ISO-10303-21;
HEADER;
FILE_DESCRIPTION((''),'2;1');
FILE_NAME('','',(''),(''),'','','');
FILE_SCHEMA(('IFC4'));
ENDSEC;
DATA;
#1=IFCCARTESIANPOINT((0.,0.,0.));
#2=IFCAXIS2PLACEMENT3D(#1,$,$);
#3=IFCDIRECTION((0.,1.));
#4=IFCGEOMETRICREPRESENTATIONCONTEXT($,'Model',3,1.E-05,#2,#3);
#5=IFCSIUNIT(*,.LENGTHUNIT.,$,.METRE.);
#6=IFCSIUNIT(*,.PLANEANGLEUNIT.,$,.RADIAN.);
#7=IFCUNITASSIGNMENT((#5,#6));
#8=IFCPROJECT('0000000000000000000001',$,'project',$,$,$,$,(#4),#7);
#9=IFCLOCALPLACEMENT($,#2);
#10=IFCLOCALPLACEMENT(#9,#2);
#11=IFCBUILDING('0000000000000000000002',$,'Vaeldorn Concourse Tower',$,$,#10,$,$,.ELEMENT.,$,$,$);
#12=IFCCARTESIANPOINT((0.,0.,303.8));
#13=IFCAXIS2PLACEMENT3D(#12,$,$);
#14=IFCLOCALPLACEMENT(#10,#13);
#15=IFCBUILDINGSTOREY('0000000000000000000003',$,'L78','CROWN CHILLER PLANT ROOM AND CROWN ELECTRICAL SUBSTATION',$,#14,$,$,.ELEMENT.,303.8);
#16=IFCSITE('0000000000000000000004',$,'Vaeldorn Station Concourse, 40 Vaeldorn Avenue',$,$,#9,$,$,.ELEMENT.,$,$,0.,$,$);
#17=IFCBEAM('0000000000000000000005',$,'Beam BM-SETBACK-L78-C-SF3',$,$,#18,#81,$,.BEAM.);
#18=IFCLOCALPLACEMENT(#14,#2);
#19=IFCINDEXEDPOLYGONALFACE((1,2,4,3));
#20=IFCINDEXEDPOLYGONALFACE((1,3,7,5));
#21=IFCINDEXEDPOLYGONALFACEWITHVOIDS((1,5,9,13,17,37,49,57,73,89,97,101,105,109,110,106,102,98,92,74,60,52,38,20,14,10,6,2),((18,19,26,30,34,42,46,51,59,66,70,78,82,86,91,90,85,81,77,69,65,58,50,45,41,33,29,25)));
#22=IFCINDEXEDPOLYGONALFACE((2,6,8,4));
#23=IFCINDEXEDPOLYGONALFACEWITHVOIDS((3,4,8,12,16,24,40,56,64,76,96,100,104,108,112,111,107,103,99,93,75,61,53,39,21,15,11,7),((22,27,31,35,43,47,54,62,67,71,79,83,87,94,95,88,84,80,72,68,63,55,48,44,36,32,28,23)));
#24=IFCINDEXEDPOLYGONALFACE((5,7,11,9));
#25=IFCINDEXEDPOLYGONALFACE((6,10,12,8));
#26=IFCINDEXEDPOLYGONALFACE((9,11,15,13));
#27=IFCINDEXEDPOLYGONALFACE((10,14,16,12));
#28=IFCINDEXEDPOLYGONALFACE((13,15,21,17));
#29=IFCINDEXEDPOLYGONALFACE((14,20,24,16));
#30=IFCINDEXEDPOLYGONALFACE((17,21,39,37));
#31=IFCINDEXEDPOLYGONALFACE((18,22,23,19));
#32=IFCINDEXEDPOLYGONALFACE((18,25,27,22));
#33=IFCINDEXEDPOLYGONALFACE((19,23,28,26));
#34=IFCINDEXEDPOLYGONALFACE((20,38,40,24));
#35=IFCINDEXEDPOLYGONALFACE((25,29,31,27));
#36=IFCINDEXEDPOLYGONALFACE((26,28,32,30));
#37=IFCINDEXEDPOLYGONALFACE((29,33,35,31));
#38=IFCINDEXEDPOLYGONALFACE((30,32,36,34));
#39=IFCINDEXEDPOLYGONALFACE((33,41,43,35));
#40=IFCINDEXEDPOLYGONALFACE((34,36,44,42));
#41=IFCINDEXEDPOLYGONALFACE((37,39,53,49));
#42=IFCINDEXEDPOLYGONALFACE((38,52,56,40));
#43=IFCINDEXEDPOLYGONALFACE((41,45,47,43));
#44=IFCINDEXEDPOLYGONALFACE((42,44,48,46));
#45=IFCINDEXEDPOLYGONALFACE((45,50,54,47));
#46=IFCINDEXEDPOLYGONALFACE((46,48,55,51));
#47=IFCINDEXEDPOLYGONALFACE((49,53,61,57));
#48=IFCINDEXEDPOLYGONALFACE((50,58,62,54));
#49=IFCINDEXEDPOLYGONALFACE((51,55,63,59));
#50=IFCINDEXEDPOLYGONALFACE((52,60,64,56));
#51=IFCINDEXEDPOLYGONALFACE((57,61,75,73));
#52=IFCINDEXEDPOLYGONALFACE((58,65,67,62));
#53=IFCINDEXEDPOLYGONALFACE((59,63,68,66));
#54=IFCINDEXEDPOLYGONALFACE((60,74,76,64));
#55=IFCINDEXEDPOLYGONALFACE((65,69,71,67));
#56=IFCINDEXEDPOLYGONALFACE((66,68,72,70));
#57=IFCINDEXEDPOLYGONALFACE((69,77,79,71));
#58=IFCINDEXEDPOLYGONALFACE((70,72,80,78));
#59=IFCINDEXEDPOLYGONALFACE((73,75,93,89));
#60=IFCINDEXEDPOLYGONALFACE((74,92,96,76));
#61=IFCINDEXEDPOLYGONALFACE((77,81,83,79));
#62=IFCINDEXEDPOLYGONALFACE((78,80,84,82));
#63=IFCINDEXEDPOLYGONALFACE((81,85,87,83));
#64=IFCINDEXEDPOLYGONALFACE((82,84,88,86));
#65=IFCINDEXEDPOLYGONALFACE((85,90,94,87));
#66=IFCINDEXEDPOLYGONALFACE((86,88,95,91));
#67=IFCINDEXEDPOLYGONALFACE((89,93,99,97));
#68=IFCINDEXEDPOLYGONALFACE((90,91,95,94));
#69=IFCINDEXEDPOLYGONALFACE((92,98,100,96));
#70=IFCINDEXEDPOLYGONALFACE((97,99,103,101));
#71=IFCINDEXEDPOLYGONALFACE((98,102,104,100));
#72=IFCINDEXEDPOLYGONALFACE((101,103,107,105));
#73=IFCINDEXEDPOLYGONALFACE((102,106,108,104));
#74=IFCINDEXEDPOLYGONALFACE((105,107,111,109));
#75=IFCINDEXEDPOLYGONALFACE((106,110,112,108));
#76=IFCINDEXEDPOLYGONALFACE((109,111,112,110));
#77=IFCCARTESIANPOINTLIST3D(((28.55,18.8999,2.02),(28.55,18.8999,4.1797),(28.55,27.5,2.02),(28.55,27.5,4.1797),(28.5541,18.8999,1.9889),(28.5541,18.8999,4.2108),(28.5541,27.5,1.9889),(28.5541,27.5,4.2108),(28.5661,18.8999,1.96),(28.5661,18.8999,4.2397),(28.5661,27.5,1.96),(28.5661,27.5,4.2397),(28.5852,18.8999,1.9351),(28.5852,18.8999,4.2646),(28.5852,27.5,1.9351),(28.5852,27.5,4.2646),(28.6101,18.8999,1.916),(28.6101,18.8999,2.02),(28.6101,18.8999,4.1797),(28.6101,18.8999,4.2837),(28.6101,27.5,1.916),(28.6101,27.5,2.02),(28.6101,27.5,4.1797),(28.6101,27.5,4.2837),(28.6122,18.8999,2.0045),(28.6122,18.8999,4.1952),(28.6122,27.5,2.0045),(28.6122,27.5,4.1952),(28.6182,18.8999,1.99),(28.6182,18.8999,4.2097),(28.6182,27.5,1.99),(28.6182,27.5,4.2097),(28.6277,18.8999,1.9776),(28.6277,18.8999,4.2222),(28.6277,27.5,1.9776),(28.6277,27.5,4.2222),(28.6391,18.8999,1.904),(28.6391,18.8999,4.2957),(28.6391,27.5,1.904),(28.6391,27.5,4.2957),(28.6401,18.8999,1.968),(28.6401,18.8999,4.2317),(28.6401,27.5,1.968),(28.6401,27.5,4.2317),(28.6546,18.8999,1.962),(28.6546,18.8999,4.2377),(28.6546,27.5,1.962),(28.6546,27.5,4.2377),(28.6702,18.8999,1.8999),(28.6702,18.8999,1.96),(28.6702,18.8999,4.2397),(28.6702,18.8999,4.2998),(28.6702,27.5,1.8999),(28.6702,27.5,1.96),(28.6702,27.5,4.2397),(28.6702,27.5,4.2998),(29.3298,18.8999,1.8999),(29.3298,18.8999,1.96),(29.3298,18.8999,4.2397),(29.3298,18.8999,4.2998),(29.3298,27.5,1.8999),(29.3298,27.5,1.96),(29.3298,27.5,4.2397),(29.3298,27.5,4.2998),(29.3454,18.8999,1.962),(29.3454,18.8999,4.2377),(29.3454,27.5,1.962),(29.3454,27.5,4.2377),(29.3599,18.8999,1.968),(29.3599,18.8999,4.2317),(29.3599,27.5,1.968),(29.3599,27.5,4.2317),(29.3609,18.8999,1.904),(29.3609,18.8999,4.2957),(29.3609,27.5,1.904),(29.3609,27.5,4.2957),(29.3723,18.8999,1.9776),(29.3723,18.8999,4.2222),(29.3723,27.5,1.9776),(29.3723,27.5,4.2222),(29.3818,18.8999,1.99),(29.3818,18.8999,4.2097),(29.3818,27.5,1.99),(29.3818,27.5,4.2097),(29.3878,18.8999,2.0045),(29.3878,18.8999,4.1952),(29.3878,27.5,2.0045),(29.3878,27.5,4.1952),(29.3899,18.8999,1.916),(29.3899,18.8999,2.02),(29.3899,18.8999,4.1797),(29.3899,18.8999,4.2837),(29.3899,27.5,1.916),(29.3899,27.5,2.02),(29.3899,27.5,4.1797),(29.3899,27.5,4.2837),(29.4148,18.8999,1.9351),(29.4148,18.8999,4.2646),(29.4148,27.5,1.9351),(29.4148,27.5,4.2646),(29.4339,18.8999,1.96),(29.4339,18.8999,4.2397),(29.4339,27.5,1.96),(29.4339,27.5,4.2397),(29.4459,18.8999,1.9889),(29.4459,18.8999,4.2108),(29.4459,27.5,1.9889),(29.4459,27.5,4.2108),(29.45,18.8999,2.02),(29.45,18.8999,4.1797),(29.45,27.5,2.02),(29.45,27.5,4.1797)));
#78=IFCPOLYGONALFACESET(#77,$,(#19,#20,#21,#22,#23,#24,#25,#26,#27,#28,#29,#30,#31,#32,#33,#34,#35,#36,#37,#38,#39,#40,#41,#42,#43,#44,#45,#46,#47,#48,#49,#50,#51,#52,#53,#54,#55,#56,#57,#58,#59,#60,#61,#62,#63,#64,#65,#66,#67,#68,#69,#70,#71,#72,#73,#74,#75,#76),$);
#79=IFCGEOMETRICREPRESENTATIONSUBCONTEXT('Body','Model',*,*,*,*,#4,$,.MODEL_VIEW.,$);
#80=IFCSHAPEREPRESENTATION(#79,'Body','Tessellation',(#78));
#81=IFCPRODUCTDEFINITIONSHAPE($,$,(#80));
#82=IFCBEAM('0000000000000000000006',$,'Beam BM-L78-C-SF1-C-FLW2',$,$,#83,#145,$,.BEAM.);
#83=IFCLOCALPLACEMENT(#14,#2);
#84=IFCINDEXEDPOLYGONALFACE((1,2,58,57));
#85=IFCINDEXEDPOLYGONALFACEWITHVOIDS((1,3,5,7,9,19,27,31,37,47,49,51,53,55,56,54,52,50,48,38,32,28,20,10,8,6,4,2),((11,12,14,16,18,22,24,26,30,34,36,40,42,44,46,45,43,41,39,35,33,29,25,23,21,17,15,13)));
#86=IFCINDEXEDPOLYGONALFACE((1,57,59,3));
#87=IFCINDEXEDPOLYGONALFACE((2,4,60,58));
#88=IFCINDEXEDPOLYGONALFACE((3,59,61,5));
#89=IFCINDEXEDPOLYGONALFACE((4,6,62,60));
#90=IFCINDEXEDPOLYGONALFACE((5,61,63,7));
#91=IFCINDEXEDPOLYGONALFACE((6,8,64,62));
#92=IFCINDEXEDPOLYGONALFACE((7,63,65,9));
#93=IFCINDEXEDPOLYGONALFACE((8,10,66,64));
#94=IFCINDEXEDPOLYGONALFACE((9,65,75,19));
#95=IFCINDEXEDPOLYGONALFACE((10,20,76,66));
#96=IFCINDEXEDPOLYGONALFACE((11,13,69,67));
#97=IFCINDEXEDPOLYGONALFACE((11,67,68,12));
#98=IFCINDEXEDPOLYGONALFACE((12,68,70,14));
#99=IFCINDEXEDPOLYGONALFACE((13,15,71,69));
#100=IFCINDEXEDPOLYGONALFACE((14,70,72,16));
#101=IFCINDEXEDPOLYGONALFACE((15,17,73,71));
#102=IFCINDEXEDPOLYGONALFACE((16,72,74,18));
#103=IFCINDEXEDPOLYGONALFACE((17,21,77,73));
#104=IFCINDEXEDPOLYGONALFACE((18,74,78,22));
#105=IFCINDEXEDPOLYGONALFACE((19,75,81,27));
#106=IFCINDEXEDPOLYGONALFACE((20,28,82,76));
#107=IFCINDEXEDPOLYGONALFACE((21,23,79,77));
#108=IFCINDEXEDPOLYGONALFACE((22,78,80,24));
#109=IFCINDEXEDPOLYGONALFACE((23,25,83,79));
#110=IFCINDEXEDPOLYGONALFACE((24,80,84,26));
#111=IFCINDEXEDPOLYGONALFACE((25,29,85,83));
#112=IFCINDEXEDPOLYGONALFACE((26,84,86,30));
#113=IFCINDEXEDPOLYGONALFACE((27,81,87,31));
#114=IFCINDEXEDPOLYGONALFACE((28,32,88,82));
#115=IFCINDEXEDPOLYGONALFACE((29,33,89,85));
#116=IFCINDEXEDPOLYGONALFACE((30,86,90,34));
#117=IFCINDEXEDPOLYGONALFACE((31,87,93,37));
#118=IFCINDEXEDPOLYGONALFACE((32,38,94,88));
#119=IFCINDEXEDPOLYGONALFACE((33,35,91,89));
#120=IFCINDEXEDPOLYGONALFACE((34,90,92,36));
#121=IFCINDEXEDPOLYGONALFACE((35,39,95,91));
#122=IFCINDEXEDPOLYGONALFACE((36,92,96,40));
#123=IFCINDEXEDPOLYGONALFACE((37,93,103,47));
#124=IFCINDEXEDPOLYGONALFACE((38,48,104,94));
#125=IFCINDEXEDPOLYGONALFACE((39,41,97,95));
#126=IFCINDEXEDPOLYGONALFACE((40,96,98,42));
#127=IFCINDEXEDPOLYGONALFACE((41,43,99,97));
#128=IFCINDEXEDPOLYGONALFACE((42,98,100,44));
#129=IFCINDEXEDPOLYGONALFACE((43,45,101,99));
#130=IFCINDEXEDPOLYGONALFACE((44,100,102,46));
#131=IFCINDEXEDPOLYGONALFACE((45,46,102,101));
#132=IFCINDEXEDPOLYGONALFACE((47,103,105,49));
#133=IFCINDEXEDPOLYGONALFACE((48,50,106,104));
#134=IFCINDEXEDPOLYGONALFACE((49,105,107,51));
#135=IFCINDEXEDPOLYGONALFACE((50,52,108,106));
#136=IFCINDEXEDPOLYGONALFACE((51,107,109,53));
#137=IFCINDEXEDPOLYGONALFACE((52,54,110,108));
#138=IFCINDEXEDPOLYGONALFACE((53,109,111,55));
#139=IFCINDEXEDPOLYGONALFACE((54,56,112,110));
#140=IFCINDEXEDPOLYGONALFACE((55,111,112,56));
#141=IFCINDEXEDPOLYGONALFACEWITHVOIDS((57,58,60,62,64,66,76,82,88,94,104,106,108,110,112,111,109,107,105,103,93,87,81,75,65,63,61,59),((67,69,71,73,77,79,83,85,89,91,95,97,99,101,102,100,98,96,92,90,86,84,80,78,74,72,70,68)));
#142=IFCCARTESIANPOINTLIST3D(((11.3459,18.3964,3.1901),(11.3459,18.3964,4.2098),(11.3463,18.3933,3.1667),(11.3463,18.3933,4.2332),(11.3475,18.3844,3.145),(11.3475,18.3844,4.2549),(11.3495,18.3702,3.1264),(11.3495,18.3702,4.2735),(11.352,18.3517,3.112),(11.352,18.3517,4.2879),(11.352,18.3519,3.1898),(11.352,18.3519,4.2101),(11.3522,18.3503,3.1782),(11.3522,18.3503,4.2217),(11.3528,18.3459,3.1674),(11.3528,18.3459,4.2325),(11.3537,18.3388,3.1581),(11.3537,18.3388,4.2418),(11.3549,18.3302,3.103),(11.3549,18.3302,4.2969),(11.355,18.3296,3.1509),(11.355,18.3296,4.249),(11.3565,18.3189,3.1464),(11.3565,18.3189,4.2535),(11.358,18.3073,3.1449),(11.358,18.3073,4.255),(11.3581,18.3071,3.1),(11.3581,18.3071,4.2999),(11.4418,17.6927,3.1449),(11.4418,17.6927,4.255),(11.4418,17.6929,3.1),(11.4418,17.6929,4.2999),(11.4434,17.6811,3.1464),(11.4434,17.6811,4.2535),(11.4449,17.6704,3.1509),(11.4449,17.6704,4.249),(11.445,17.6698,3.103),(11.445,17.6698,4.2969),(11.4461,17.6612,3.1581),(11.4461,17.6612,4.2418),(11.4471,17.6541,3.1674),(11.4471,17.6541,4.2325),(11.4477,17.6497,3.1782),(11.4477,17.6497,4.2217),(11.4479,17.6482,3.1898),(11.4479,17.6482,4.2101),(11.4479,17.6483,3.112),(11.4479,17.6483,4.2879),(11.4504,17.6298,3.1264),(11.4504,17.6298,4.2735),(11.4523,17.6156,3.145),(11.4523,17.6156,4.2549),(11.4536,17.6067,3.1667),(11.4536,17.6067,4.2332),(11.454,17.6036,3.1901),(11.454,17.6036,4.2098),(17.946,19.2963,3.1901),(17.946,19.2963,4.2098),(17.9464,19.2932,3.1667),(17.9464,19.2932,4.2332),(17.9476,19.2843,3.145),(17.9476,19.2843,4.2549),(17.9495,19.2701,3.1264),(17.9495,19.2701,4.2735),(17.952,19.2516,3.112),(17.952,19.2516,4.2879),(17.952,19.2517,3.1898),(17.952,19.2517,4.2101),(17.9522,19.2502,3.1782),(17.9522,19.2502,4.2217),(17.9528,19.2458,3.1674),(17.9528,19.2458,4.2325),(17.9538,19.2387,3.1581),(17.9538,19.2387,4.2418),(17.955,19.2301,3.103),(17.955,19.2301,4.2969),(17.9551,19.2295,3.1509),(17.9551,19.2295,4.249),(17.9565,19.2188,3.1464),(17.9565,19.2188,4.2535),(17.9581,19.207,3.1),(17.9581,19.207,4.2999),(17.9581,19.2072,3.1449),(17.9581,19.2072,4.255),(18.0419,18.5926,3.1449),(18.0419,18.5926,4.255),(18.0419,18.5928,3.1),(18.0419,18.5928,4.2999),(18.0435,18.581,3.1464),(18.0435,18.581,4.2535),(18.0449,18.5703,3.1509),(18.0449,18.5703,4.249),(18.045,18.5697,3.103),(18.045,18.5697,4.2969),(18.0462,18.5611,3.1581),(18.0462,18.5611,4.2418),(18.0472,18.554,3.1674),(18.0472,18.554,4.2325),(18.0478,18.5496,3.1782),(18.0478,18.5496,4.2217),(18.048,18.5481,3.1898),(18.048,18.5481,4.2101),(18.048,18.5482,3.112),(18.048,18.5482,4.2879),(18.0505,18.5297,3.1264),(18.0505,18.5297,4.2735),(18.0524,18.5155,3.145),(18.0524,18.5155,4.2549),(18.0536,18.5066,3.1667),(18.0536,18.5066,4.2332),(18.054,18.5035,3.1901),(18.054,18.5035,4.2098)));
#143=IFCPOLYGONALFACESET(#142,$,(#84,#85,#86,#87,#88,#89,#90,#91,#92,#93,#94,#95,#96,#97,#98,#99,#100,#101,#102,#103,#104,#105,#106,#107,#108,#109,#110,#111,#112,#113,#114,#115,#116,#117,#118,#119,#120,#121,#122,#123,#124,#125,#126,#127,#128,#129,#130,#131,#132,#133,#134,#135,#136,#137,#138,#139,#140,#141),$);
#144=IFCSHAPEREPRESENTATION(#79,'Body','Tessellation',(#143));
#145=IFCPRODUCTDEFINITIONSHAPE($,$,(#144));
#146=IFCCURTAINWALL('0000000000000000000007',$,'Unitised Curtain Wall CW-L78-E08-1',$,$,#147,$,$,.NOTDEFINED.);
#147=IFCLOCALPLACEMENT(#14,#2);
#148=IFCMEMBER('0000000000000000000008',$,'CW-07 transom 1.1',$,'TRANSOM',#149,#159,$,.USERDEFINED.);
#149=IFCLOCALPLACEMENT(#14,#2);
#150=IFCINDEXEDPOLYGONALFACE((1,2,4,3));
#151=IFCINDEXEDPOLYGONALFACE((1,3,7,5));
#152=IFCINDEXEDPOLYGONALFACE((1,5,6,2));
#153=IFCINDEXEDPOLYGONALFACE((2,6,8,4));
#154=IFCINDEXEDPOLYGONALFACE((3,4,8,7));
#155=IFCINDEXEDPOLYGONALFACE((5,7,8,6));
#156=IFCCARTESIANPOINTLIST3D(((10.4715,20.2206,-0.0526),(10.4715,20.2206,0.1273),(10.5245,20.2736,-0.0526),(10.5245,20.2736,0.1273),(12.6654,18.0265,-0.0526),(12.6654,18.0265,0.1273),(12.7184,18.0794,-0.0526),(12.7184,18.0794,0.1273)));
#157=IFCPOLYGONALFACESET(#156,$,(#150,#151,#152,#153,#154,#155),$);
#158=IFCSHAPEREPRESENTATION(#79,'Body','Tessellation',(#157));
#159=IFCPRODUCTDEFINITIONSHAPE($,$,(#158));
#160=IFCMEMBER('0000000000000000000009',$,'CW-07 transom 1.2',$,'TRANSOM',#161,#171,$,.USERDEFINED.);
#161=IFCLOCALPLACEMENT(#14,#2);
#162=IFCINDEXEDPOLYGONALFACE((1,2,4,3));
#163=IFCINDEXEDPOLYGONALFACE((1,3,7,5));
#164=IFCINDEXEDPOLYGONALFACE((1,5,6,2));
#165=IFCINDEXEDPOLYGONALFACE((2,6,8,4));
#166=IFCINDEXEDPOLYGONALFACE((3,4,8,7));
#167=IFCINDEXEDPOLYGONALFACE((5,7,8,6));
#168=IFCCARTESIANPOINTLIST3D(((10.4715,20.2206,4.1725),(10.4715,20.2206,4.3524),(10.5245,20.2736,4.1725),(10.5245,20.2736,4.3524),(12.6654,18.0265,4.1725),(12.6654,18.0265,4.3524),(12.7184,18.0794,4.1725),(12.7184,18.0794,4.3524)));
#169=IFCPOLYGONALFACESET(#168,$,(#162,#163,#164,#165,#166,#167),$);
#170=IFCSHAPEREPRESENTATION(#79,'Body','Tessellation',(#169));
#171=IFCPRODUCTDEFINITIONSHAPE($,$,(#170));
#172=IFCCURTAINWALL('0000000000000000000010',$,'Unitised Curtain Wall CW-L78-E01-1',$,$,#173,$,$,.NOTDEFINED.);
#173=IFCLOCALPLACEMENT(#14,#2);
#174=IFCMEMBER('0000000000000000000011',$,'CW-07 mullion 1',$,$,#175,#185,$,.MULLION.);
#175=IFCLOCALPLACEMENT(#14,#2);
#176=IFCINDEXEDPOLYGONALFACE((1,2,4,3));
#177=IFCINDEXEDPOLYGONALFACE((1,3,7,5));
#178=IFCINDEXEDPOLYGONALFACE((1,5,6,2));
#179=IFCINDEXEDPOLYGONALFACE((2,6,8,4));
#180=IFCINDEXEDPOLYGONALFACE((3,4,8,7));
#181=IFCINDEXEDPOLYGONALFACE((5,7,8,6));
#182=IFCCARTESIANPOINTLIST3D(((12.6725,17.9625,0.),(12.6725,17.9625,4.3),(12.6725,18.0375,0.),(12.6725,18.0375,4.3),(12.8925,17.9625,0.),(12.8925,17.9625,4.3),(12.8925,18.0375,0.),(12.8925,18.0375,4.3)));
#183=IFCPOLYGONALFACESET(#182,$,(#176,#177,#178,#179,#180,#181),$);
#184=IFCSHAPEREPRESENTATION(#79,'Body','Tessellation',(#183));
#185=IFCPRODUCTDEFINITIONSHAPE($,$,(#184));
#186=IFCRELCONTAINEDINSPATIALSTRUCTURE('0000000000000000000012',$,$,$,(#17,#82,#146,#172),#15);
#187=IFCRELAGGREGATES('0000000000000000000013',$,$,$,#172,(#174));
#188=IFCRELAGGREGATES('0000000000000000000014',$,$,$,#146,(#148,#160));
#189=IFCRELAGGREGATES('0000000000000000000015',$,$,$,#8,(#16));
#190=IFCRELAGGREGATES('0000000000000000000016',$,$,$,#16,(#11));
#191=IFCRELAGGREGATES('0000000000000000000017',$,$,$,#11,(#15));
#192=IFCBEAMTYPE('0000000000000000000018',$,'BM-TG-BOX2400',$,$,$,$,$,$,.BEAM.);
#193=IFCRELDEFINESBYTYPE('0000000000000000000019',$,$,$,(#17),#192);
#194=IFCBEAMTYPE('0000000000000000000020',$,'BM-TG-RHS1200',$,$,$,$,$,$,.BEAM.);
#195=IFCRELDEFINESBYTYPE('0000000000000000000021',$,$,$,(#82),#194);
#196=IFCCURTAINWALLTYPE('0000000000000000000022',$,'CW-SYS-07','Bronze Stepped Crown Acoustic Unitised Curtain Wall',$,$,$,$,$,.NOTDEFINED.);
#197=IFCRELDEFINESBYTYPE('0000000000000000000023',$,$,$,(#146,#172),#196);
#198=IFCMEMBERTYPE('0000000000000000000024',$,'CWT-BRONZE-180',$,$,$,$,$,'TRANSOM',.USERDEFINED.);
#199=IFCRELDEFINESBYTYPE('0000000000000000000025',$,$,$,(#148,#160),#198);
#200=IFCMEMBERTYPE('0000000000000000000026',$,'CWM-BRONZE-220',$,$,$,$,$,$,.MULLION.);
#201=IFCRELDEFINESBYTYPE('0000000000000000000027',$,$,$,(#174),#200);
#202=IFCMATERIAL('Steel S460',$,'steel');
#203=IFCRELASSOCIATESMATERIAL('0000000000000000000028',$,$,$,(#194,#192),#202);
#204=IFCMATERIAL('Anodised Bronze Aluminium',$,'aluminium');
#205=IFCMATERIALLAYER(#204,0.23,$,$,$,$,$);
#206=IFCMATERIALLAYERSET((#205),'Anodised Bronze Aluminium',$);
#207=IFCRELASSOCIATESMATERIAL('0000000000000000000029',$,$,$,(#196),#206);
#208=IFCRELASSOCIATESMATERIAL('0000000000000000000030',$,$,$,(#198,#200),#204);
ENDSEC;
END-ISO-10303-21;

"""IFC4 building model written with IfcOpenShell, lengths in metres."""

from ifc_helpers import new_model, si_unit, direction, frame, origin, origin_2d, place, context, subcontext, project, spatial, rectangle, hollow_rectangle, extrude, source, transform, mapped, material, layer, layer_set, material_profile, profile_set, type_object, element, aggregate, save


model = new_model("IFC4")

# Units and contexts
model_context = context("Model", 3, precision=1e-05, world=origin(), true_north=direction((0.0, 1.0)))
body_context = subcontext(model_context, "Body", "Model", "MODEL_VIEW")
ifc_project = project(units=[si_unit("LENGTHUNIT", "METRE"), si_unit("PLANEANGLEUNIT", "RADIAN")], contexts=[model_context])

# Site, building, storey
site_placement = place(None, origin())
site = spatial("IfcSite", under=ifc_project, at=site_placement, Name="Vaeldorn Station Concourse, 40 Vaeldorn Avenue", CompositionType="ELEMENT", RefElevation=0.0)
building_placement = place(site_placement, origin())
building = spatial("IfcBuilding", under=site, at=building_placement, Name="Vaeldorn Concourse Tower", CompositionType="ELEMENT")
storey_placement = place(building_placement, frame((0.0, 0.0, 303.8)))
storey = spatial("IfcBuildingStorey", under=building, at=storey_placement, Name="L78", Description="CROWN CHILLER PLANT ROOM AND CROWN ELECTRICAL SUBSTATION", CompositionType="ELEMENT", Elevation=303.8)

# Beams
ifc_material_1 = material(Name="Steel S460", Category="steel")
ifc_material_profile_1 = material_profile(ifc_material_1, hollow_rectangle(XDim=0.8, YDim=1.2, WallThickness=0.0449, InnerFilletRadius=0.0449, OuterFilletRadius=0.0901, at=origin_2d()), Name="RHS 1200x800x45")
ifc_profile_set_1 = profile_set([ifc_material_profile_1], Name="Steel S460")
beam_type_1 = type_object("IfcBeamType", Name="BM-TG-RHS1200", PredefinedType="BEAM", material=ifc_profile_set_1)
ifc_material_profile_2 = material_profile(ifc_material_1, hollow_rectangle(XDim=0.8999, YDim=2.3999, WallThickness=0.0601, InnerFilletRadius=0.0601, OuterFilletRadius=0.1201, at=origin_2d()), Name="RHS 2400x900x60")
ifc_profile_set_2 = profile_set([ifc_material_profile_2], Name="Steel S460")
beam_type_2 = type_object("IfcBeamType", Name="BM-TG-BOX2400", PredefinedType="BEAM", material=ifc_profile_set_2)
shared_shape_1 = source(origin(), body_context, "Body", "SweptSolid", [
    extrude(hollow_rectangle(XDim=0.8999, YDim=2.3999, WallThickness=0.0601, InnerFilletRadius=0.0601, OuterFilletRadius=0.1201, at=origin_2d()), origin(), (0.0, 0.0, 1.0), 8.6001),
])
for number, where, z_axis, x_axis, name in (
    (1, (29.0, 18.8999, 3.0999), (0.0, 1.0, 0.0), (-1.0, 0.0, 0.0), "Beam BM-SETBACK-L78-C-SF3"),
):
    element("IfcBeam", number, at=place(storey_placement, frame(where, z_axis=z_axis, x_axis=x_axis)), inside=storey, type_object=beam_type_2, Name=name, PredefinedType="BEAM", context=body_context, shape_type="MappedRepresentation", body=[
        mapped(shared_shape_1, transform((0.0, 0.0, 0.0), scale=1.0)),
    ])
shared_shape_2 = source(origin(), body_context, "Body", "SweptSolid", [
    extrude(hollow_rectangle(XDim=0.8, YDim=1.2, WallThickness=0.0449, InnerFilletRadius=0.0449, OuterFilletRadius=0.0901, at=origin_2d()), origin(), (0.0, 0.0, 1.0), 6.6611),
])
beam_1_placement = place(storey_placement, frame((18.0, 18.8999, 3.7), z_axis=(-0.990832, -0.135097, 0.0), x_axis=(0.135097, -0.990832, 0.0)))
element("IfcBeam", 2, at=beam_1_placement, inside=storey, type_object=beam_type_1, Name="Beam BM-L78-C-SF1-C-FLW2", PredefinedType="BEAM", context=body_context, shape_type="MappedRepresentation", body=[
    mapped(shared_shape_2, transform((0.0, 0.0, 0.0), scale=1.0)),
])

# Curtain walls, members
ifc_material_2 = material(Name="Anodised Bronze Aluminium", Category="aluminium")
ifc_layer_1 = layer(ifc_material_2, 0.23)
ifc_layer_set_1 = layer_set([ifc_layer_1], Name="Anodised Bronze Aluminium")
curtain_wall_type = type_object("IfcCurtainWallType", Name="CW-SYS-07", Description="Bronze Stepped Crown Acoustic Unitised Curtain Wall", PredefinedType="NOTDEFINED", material=ifc_layer_set_1)
curtain_wall_1_placement = place(storey_placement, origin())
curtain_wall_1 = element("IfcCurtainWall", 3, at=curtain_wall_1_placement, inside=storey, type_object=curtain_wall_type, Name="Unitised Curtain Wall CW-L78-E08-1", PredefinedType="NOTDEFINED")
ifc_material_profile_3 = material_profile(ifc_material_2, rectangle(XDim=0.075, YDim=0.1799, at=origin_2d()), Name="CWT 75x180")
ifc_profile_set_3 = profile_set([ifc_material_profile_3], Name="Anodised Bronze Aluminium")
member_type_1 = type_object("IfcMemberType", Name="CWT-BRONZE-180", ElementType="TRANSOM", PredefinedType="USERDEFINED", material=ifc_profile_set_3)
shared_shape_3 = source(origin(), body_context, "Body", "SweptSolid", [
    extrude(rectangle(XDim=0.075, YDim=0.1799, at=origin_2d()), origin(), (0.0, 0.0, 1.0), 3.1028),
])
member_1_placement = place(storey_placement, frame((10.498, 20.2471, 0.0374), z_axis=(0.707067, -0.707146, 0.0), x_axis=(0.707146, 0.707067, 0.0)))
member_1 = element("IfcMember", 4, at=member_1_placement, type_object=member_type_1, Name="CW-07 transom 1.1", ObjectType="TRANSOM", PredefinedType="USERDEFINED", context=body_context, shape_type="MappedRepresentation", body=[
    mapped(shared_shape_3, transform((0.0, 0.0, 0.0), scale=1.0)),
])
member_2_placement = place(storey_placement, frame((10.498, 20.2471, 4.2625), z_axis=(0.707067, -0.707146, 0.0), x_axis=(0.707146, 0.707067, 0.0)))
member_2 = element("IfcMember", 5, at=member_2_placement, type_object=member_type_1, Name="CW-07 transom 1.2", ObjectType="TRANSOM", PredefinedType="USERDEFINED", context=body_context, shape_type="MappedRepresentation", body=[
    mapped(shared_shape_3, transform((0.0, 0.0, 0.0), scale=1.0)),
])
curtain_wall_2_placement = place(storey_placement, origin())
curtain_wall_2 = element("IfcCurtainWall", 6, at=curtain_wall_2_placement, inside=storey, type_object=curtain_wall_type, Name="Unitised Curtain Wall CW-L78-E01-1", PredefinedType="NOTDEFINED")
ifc_material_profile_4 = material_profile(ifc_material_2, rectangle(XDim=0.075, YDim=0.22, at=origin_2d()), Name="CWM 75x220")
ifc_profile_set_4 = profile_set([ifc_material_profile_4], Name="Anodised Bronze Aluminium")
member_type_2 = type_object("IfcMemberType", Name="CWM-BRONZE-220", PredefinedType="MULLION", material=ifc_profile_set_4)
shared_shape_4 = source(origin(), body_context, "Body", "SweptSolid", [
    extrude(rectangle(XDim=0.075, YDim=0.22, at=origin_2d()), origin(), (0.0, 0.0, 1.0), 4.3),
])
member_3_placement = place(storey_placement, frame((12.7825, 18.0, 0.0), z_axis=(0.0, 0.0, 1.0), x_axis=(0.0, 1.0, 0.0)))
member_3 = element("IfcMember", 7, at=member_3_placement, type_object=member_type_2, Name="CW-07 mullion 1", PredefinedType="MULLION", context=body_context, shape_type="MappedRepresentation", body=[
    mapped(shared_shape_4, transform((0.0, 0.0, 0.0), scale=1.0)),
])

aggregate(curtain_wall_2, [member_3])
aggregate(curtain_wall_1, [member_1, member_2])

save(model, "model.ifc")
